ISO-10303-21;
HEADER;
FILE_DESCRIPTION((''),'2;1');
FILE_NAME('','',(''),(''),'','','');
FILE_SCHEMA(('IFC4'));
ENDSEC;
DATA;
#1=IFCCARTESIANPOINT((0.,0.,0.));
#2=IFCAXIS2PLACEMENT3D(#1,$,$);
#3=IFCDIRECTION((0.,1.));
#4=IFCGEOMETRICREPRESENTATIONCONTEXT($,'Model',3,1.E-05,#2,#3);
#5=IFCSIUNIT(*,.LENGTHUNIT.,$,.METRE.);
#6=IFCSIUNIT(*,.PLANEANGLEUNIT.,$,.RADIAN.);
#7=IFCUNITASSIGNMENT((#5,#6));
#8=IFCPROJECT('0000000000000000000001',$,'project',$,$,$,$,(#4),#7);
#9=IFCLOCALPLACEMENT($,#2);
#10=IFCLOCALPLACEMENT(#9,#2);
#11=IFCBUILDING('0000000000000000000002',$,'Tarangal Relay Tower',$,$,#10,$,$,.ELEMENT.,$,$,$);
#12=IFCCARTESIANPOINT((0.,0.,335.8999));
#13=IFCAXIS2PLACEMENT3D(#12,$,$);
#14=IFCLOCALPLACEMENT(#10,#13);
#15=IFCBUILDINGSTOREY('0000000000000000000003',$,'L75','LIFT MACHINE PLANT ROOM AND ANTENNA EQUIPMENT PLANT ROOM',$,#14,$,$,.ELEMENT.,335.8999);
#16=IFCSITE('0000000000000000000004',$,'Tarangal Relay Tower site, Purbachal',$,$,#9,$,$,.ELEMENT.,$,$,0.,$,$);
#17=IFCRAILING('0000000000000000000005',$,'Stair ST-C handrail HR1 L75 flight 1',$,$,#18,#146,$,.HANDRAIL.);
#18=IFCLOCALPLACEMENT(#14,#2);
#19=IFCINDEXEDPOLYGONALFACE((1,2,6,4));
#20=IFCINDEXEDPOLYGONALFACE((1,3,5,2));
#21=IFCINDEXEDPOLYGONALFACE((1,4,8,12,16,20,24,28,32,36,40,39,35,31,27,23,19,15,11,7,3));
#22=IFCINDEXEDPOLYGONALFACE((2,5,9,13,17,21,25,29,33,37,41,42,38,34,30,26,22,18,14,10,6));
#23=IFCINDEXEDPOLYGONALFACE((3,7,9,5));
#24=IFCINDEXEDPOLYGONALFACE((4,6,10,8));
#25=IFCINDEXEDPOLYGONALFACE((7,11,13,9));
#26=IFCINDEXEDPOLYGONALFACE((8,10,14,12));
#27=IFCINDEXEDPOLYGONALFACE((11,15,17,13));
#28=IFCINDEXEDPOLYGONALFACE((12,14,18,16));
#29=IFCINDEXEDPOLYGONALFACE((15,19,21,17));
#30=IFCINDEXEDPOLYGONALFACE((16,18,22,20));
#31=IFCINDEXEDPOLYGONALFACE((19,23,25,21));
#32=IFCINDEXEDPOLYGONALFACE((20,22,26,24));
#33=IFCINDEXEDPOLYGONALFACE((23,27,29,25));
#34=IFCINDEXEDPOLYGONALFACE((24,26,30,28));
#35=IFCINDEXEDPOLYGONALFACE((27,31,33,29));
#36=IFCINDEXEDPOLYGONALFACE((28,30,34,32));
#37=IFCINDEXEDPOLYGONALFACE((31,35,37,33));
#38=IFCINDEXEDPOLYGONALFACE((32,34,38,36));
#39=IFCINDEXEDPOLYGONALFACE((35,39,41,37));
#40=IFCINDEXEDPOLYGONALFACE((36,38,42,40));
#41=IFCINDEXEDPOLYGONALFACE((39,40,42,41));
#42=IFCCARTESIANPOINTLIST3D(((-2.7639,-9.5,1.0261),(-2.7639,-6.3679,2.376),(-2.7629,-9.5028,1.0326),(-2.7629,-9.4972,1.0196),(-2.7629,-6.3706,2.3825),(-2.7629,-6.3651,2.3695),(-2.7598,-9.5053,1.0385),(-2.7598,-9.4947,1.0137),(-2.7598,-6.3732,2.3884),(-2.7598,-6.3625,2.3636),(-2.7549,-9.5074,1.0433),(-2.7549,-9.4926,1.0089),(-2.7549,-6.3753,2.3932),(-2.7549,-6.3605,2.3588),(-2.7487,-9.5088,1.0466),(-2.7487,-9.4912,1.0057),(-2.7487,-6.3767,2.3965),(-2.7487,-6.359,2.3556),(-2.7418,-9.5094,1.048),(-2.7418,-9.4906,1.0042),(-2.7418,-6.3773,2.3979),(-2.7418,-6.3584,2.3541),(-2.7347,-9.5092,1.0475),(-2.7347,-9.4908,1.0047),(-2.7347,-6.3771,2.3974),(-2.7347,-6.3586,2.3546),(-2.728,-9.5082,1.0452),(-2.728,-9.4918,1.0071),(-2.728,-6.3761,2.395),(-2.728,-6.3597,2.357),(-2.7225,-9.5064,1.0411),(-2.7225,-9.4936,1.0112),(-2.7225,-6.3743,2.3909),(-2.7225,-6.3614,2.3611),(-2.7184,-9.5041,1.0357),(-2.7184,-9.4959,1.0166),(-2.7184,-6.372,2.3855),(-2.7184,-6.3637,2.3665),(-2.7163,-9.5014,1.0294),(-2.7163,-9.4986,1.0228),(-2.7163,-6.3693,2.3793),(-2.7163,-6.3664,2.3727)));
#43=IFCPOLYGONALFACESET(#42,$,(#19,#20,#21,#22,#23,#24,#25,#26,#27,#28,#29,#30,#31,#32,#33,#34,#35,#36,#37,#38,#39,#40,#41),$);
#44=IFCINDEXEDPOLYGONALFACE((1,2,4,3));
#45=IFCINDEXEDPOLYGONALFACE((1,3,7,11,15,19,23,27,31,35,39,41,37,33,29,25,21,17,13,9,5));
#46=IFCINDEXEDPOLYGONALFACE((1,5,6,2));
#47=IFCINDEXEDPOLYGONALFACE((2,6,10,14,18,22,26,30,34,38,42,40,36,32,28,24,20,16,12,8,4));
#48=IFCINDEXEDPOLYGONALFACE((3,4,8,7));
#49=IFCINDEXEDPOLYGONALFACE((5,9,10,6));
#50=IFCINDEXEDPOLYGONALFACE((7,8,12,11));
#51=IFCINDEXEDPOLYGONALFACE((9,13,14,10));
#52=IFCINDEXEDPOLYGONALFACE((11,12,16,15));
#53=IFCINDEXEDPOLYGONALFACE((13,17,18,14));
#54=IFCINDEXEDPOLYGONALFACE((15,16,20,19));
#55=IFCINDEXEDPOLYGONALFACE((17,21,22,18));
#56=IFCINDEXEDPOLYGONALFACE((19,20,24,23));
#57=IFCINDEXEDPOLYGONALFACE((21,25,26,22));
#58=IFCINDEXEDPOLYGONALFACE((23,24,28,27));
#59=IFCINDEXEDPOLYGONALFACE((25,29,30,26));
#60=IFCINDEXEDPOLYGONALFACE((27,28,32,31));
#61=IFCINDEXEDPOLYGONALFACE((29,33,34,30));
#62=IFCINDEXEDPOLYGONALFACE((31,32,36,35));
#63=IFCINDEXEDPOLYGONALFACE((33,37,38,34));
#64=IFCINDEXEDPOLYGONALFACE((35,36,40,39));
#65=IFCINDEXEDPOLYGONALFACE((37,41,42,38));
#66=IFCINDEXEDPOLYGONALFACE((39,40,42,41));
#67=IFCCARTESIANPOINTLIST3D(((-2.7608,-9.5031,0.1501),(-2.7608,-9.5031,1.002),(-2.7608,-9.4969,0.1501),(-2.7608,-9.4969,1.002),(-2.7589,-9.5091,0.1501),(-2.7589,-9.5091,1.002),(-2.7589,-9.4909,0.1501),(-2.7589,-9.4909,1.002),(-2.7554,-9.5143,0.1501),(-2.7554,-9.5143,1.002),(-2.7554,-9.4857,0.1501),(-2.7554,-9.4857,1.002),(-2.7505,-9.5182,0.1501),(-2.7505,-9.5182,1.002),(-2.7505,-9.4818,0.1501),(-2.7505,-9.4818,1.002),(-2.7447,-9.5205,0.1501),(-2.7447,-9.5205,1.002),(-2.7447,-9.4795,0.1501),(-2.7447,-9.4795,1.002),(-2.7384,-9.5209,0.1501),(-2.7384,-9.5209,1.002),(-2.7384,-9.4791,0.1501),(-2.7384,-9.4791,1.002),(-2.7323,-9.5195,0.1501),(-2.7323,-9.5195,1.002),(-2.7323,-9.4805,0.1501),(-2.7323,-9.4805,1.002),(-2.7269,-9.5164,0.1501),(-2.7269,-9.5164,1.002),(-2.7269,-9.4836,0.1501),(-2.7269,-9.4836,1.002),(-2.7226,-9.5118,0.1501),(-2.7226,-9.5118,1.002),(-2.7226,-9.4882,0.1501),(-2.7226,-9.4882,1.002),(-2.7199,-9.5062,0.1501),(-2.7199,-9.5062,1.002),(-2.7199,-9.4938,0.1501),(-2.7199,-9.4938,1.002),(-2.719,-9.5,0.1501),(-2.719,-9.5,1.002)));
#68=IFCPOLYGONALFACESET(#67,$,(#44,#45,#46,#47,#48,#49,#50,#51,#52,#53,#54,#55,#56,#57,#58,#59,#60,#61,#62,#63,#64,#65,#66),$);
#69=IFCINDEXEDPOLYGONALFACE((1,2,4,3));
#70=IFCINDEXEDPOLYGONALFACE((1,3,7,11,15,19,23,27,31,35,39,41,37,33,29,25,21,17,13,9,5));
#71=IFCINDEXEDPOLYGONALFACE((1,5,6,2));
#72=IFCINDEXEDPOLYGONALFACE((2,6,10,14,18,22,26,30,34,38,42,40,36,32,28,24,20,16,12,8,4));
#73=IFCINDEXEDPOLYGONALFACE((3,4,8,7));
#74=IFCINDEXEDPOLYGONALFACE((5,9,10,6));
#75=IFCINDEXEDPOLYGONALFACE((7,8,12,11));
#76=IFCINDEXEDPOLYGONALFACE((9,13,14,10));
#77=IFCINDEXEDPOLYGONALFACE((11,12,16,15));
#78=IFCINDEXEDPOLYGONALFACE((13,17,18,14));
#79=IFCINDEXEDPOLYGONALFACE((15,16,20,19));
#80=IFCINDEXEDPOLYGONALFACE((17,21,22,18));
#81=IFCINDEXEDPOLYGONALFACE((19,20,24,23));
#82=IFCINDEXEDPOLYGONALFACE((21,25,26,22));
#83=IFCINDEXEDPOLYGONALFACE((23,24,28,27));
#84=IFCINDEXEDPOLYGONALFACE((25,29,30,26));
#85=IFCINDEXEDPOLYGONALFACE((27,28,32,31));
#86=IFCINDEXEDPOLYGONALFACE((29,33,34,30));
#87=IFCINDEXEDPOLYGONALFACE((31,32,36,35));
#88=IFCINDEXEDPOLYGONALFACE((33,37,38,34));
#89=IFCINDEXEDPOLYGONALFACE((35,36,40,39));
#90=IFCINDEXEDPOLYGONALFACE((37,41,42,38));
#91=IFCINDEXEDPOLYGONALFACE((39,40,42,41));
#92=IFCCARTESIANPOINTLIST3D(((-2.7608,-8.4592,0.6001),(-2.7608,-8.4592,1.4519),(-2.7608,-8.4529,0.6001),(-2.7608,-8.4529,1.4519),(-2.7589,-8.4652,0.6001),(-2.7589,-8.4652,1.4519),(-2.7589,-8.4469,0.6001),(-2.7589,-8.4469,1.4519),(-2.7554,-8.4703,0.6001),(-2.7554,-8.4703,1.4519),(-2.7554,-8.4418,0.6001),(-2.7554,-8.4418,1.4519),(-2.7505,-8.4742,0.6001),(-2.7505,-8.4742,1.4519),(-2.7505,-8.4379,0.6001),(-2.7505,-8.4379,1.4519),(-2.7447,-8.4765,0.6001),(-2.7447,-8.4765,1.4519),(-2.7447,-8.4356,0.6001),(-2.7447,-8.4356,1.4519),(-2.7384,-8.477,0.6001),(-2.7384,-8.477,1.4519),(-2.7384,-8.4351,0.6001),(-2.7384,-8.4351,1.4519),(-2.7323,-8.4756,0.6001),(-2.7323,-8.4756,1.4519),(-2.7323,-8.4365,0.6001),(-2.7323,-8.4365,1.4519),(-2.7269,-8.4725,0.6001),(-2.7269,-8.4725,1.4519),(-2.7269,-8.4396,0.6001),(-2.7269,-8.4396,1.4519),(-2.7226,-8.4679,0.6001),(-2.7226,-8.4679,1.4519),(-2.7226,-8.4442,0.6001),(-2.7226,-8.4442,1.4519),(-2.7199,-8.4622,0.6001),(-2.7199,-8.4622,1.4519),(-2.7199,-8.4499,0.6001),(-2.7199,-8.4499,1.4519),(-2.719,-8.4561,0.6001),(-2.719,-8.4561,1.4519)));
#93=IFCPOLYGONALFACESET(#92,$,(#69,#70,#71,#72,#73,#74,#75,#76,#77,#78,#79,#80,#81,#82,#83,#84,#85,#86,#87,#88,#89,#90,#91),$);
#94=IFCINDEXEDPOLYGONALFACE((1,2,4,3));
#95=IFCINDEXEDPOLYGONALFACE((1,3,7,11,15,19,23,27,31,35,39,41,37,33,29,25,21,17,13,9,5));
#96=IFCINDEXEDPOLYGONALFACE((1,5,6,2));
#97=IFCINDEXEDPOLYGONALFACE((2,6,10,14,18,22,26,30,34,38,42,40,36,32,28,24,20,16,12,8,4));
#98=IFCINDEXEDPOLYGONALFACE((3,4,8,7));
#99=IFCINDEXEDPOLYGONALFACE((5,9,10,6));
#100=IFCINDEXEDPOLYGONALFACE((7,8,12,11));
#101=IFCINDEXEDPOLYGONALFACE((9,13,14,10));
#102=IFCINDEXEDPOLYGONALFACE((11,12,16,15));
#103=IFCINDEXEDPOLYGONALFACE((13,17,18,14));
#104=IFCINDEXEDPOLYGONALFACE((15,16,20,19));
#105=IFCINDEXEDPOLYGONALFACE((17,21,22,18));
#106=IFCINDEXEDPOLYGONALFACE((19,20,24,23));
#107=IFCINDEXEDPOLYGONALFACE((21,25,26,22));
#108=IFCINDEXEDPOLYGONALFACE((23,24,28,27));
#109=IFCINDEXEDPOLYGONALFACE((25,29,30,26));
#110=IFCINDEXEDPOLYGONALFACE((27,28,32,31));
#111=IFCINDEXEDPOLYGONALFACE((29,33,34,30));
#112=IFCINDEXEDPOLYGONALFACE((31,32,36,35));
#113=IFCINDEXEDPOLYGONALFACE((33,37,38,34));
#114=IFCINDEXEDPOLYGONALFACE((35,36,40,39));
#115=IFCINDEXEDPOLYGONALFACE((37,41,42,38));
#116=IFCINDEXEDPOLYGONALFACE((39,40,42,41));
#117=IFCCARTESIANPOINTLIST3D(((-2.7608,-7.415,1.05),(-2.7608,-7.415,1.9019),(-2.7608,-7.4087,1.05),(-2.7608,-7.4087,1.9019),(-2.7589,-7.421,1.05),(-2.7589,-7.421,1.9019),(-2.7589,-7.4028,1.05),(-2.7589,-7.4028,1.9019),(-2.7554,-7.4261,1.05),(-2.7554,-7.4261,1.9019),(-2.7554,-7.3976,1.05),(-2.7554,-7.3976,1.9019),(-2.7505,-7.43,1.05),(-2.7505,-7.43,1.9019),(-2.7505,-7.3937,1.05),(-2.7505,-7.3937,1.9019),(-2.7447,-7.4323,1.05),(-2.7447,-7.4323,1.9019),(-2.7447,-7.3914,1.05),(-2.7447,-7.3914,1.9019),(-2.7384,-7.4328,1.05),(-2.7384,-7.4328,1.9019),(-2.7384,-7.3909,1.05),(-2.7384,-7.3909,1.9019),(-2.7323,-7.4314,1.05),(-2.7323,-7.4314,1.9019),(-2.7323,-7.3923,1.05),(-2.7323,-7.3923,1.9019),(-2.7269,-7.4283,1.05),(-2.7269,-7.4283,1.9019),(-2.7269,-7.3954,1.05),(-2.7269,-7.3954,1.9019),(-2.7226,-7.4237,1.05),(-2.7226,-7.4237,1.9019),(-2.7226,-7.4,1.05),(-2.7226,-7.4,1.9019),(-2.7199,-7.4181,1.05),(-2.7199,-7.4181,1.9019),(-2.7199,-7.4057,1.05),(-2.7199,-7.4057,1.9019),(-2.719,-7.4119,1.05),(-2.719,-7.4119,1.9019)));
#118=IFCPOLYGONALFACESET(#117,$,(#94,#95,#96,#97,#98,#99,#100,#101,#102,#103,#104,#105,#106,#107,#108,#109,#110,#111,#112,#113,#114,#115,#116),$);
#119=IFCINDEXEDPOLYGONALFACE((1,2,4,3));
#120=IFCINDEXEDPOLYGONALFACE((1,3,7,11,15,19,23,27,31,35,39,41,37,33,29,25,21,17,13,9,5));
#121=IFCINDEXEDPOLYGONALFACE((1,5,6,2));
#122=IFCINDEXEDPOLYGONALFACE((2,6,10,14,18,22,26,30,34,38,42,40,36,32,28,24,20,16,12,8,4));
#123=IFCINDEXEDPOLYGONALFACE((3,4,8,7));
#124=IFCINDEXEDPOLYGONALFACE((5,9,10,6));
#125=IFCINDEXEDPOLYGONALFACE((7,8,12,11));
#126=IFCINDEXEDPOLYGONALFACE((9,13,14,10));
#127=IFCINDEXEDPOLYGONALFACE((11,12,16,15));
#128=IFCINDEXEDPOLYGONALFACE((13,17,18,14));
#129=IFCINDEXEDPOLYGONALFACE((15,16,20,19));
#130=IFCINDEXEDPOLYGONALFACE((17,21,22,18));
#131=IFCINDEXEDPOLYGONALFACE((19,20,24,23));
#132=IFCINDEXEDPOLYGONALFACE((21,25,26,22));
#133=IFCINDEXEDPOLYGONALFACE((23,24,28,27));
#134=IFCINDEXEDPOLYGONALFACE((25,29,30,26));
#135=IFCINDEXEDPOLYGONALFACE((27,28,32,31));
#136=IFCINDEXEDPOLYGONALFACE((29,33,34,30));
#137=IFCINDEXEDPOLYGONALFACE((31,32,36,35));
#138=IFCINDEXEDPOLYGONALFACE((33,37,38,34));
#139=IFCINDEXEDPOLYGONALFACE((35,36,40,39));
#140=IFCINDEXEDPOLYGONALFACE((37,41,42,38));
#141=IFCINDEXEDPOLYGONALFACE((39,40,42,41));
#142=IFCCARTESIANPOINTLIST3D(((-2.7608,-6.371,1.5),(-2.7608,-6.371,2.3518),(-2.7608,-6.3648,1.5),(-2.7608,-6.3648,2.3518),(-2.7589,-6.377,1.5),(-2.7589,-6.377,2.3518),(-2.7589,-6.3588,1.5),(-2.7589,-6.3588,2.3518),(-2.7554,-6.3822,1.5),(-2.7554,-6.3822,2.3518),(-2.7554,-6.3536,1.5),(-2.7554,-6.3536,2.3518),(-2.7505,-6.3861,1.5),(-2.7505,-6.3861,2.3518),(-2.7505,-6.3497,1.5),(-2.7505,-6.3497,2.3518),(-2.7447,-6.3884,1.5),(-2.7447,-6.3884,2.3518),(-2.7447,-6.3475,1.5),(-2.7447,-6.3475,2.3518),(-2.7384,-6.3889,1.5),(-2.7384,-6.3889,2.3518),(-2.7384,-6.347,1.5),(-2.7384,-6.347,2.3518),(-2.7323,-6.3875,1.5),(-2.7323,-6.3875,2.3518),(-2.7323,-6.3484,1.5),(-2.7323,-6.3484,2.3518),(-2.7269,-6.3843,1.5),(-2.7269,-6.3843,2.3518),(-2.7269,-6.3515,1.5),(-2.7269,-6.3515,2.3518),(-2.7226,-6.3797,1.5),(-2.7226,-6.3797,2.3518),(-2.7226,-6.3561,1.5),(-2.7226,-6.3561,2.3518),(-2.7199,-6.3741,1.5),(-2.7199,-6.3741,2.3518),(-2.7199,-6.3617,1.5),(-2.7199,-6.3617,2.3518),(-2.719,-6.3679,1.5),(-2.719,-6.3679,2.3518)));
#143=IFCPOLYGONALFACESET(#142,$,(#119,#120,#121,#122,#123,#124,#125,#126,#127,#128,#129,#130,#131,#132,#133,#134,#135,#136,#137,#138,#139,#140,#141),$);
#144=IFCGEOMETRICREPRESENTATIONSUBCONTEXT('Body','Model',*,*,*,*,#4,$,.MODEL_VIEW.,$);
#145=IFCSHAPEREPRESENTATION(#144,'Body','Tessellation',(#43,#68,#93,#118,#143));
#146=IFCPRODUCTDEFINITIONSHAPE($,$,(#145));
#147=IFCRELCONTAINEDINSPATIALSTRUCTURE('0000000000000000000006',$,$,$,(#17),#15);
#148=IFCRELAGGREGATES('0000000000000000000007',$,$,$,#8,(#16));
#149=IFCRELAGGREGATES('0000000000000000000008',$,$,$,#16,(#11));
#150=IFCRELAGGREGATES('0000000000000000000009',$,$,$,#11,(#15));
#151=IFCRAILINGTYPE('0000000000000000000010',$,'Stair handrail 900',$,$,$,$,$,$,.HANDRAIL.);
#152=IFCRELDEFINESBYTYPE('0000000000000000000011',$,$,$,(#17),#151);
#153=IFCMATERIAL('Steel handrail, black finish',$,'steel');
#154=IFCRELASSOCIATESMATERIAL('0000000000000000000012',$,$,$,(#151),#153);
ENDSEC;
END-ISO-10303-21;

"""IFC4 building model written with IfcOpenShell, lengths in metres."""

from ifc_helpers import new_model, si_unit, direction, frame, origin, origin_2d, place, context, subcontext, project, spatial, circle, extrude, material, type_object, element, save


model = new_model("IFC4")

# Units and contexts
model_context = context("Model", 3, precision=1e-05, world=origin(), true_north=direction((0.0, 1.0)))
body_context = subcontext(model_context, "Body", "Model", "MODEL_VIEW")
ifc_project = project(units=[si_unit("LENGTHUNIT", "METRE"), si_unit("PLANEANGLEUNIT", "RADIAN")], contexts=[model_context])

# Site, building, storey
site_placement = place(None, origin())
site = spatial("IfcSite", under=ifc_project, at=site_placement, Name="Tarangal Relay Tower site, Purbachal", CompositionType="ELEMENT", RefElevation=0.0)
building_placement = place(site_placement, origin())
building = spatial("IfcBuilding", under=site, at=building_placement, Name="Tarangal Relay Tower", CompositionType="ELEMENT")
storey_placement = place(building_placement, frame((0.0, 0.0, 335.8999)))
storey = spatial("IfcBuildingStorey", under=building, at=storey_placement, Name="L75", Description="LIFT MACHINE PLANT ROOM AND ANTENNA EQUIPMENT PLANT ROOM", CompositionType="ELEMENT", Elevation=335.8999)

# Railing
ifc_material_1 = material(Name="Steel handrail, black finish", Category="steel")
railing_type_1 = type_object("IfcRailingType", Name="Stair handrail 900", PredefinedType="HANDRAIL", material=ifc_material_1)
railing_placement = place(storey_placement, frame((-2.74, -9.5, 0.1501)))
element("IfcRailing", 1, at=railing_placement, inside=storey, type_object=railing_type_1, Name="Stair ST-C handrail HR1 L75 flight 1", PredefinedType="HANDRAIL", context=body_context, shape_type="SweptSolid", body=[
    extrude(circle(Radius=0.0239, at=origin_2d()), frame((0.0, 0.0, 0.876), z_axis=(0.0, 0.918343, 0.395785), x_axis=(-1.0, 0.0, 0.0)), (0.0, 0.0, 1.0), 3.4106),
    extrude(circle(Radius=0.021, at=origin_2d()), origin(), (0.0, 0.0, 1.0), 0.8518),
    extrude(circle(Radius=0.021, at=origin_2d()), frame((0.0, 1.0439, 0.45)), (0.0, 0.0, 1.0), 0.8518),
    extrude(circle(Radius=0.021, at=origin_2d()), frame((0.0, 2.0881, 0.8999)), (0.0, 0.0, 1.0), 0.8518),
    extrude(circle(Radius=0.021, at=origin_2d()), frame((0.0, 3.1321, 1.3499)), (0.0, 0.0, 1.0), 0.8518),
])

save(model, "model.ifc")
